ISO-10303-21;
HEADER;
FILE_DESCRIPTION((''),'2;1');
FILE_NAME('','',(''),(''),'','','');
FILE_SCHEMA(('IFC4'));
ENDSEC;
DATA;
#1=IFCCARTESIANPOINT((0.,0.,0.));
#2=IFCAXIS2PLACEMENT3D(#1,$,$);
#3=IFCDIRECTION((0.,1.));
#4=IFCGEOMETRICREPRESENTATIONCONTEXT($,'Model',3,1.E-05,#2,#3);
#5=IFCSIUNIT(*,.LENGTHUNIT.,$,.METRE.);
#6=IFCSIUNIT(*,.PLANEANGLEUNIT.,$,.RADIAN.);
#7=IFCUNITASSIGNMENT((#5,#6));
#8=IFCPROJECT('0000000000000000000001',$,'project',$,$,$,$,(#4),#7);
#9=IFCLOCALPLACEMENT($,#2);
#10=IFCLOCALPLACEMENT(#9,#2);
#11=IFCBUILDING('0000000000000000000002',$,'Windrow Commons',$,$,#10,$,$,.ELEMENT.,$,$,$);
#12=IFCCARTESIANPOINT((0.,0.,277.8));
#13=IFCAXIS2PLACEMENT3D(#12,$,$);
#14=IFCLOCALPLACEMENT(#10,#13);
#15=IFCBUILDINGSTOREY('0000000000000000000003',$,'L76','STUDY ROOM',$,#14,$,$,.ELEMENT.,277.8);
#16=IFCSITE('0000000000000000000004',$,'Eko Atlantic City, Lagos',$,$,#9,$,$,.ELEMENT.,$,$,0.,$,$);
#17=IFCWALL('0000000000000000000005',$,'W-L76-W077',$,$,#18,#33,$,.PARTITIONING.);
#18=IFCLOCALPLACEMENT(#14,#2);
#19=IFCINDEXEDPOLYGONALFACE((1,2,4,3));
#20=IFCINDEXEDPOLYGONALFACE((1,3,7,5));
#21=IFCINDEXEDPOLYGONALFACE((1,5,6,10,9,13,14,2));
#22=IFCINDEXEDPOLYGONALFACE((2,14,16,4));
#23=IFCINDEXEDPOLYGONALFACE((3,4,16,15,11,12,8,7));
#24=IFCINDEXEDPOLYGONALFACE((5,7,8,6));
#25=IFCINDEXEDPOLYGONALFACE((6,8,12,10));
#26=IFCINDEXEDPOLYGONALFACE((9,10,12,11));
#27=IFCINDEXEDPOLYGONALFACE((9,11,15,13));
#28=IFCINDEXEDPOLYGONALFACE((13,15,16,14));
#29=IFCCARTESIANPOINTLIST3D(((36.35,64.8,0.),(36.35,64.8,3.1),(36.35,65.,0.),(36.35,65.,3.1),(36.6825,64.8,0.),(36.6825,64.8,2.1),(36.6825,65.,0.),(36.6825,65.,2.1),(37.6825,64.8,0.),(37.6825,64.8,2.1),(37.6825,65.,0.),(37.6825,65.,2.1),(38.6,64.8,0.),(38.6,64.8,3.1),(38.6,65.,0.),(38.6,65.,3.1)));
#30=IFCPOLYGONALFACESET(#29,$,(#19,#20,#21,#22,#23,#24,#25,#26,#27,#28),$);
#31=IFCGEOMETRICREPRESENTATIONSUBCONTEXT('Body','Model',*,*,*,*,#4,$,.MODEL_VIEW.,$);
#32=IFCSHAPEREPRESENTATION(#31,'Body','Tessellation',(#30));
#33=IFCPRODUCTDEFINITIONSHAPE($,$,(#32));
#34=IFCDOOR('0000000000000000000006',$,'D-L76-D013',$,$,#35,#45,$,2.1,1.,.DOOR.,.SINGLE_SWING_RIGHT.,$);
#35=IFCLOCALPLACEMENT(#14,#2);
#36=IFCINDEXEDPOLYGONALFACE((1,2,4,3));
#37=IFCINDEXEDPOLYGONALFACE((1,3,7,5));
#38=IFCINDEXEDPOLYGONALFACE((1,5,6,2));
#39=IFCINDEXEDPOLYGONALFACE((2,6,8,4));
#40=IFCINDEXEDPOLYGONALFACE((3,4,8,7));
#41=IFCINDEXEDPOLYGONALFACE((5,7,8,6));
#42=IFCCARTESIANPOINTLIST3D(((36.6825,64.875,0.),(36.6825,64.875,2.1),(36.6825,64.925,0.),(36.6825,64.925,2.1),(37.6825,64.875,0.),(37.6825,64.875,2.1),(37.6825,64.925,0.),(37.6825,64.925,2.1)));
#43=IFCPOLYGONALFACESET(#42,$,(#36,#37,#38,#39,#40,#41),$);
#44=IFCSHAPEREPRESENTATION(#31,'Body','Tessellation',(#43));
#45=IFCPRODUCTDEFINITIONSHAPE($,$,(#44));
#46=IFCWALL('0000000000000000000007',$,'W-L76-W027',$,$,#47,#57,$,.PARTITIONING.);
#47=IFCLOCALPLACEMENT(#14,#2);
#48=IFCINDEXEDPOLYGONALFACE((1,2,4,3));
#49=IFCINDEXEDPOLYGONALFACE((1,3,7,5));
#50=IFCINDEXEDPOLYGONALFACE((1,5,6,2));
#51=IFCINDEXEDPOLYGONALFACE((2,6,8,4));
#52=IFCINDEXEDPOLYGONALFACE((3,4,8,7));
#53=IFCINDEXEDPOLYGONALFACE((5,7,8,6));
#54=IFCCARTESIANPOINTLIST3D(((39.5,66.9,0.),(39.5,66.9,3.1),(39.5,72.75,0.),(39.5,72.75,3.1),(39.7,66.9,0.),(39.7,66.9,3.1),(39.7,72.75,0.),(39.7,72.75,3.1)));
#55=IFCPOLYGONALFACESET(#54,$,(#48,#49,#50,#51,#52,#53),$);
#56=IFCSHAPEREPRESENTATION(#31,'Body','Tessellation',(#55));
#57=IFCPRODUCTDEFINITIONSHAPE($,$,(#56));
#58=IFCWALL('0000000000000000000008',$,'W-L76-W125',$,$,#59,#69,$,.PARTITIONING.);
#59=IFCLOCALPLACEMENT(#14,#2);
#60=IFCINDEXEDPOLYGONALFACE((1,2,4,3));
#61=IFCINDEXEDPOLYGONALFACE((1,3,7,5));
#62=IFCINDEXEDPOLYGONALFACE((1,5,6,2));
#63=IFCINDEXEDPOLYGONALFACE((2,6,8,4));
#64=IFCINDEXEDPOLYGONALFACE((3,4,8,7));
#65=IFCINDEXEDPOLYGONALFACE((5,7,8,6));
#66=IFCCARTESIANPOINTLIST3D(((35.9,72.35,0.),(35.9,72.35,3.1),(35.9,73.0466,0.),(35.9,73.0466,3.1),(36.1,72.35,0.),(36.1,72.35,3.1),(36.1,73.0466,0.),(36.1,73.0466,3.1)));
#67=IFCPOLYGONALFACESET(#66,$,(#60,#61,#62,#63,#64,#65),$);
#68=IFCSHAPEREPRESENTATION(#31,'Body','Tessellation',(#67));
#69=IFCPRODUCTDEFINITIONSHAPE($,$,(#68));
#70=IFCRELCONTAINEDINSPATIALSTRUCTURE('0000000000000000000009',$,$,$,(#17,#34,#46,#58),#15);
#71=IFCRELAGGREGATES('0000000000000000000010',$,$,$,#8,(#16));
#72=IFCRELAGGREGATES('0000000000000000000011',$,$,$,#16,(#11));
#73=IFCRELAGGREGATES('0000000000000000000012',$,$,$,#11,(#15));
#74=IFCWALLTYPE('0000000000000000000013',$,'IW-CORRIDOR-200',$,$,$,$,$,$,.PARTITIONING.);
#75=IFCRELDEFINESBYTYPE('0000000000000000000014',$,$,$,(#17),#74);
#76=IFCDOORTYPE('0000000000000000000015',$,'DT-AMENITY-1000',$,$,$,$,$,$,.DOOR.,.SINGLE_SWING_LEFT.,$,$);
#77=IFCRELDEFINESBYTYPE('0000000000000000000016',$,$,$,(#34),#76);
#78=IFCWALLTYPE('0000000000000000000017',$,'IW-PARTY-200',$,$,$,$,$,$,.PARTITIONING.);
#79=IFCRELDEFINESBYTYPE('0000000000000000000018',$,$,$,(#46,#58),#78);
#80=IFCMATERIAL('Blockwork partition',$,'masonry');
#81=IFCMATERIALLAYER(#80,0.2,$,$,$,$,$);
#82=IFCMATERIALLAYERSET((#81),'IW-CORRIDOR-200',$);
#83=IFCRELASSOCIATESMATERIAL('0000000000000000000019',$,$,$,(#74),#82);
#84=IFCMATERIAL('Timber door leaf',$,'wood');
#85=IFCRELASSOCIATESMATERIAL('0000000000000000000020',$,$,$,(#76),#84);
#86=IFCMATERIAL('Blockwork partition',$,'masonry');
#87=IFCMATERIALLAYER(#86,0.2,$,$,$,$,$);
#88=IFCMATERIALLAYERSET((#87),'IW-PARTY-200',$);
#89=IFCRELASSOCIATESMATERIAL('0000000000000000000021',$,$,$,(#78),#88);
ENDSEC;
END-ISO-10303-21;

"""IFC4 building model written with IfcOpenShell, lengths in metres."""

from ifc_helpers import new_model, si_unit, direction, frame, frame_2d, origin, place, context, subcontext, project, spatial, rectangle, extrude, material, layer, layer_set, type_object, element, fill, save


model = new_model("IFC4")

# Units and contexts
model_context = context("Model", 3, precision=1e-05, world=origin(), true_north=direction((0.0, 1.0)))
body_context = subcontext(model_context, "Body", "Model", "MODEL_VIEW")
ifc_project = project(units=[si_unit("LENGTHUNIT", "METRE"), si_unit("PLANEANGLEUNIT", "RADIAN")], contexts=[model_context])

# Site, building, storey
site_placement = place(None, origin())
site = spatial("IfcSite", under=ifc_project, at=site_placement, Name="Eko Atlantic City, Lagos", CompositionType="ELEMENT", RefElevation=0.0)
building_placement = place(site_placement, origin())
building = spatial("IfcBuilding", under=site, at=building_placement, Name="Windrow Commons", CompositionType="ELEMENT")
storey_placement = place(building_placement, frame((0.0, 0.0, 277.8)))
storey = spatial("IfcBuildingStorey", under=building, at=storey_placement, Name="L76", Description="STUDY ROOM", CompositionType="ELEMENT", Elevation=277.8)

# Shared definitions
ifc_material_1 = material(Name="Blockwork partition", Category="masonry")
ifc_layer_1 = layer(ifc_material_1, 0.2)
ifc_layer_set_1 = layer_set([ifc_layer_1], Name="IW-CORRIDOR-200")
wall_type_1 = type_object("IfcWallType", Name="IW-CORRIDOR-200", PredefinedType="PARTITIONING", material=ifc_layer_set_1)
ifc_material_2 = material(Name="Timber door leaf", Category="wood")
door_type_1 = type_object("IfcDoorType", Name="DT-AMENITY-1000", OperationType="SINGLE_SWING_LEFT", PredefinedType="DOOR", material=ifc_material_2)

# Wall, opening, door
wall_1_placement = place(storey_placement, frame((36.35, 64.9, 0.0), z_axis=(0.0, 0.0, 1.0), x_axis=(1.0, 0.0, 0.0)))
wall_1 = element("IfcWall", 1, at=wall_1_placement, inside=storey, type_object=wall_type_1, Name="W-L76-W077", PredefinedType="PARTITIONING", context=body_context, shape_type="SweptSolid", body=[
    extrude(rectangle(XDim=2.25, YDim=0.2, at=frame_2d((1.125, 0.0))), origin(), (0.0, 0.0, 1.0), 3.1),
])
opening_1_placement = place(wall_1_placement, frame((0.3325, 0.0, 0.0)))
opening_1 = element("IfcOpeningElement", 2, at=opening_1_placement, cuts=wall_1, PredefinedType="OPENING", context=body_context, shape_type="SweptSolid", body=[
    extrude(rectangle(XDim=1.0, YDim=2.1, at=frame_2d((0.5, 1.05))), frame((0.0, 0.11, 0.0), z_axis=(0.0, -1.0, 0.0), x_axis=(1.0, 0.0, 0.0)), (0.0, 0.0, 1.0), 0.22),
])
door_1_placement = place(opening_1_placement, origin())
door_1 = element("IfcDoor", 3, at=door_1_placement, inside=storey, type_object=door_type_1, Name="D-L76-D013", OperationType="SINGLE_SWING_RIGHT", OverallHeight=2.1, OverallWidth=1.0, PredefinedType="DOOR", context=body_context, shape_type="SweptSolid", body=[
    extrude(rectangle(XDim=1.0, YDim=2.1, at=frame_2d((0.5, 1.05))), frame((0.0, 0.025, 0.0), z_axis=(0.0, -1.0, 0.0), x_axis=(1.0, 0.0, 0.0)), (0.0, 0.0, 1.0), 0.05),
])
fill(opening_1, door_1)

# Walls
ifc_material_3 = material(Name="Blockwork partition", Category="masonry")
ifc_layer_2 = layer(ifc_material_3, 0.2)
ifc_layer_set_2 = layer_set([ifc_layer_2], Name="IW-PARTY-200")
wall_type_2 = type_object("IfcWallType", Name="IW-PARTY-200", PredefinedType="PARTITIONING", material=ifc_layer_set_2)
wall_2_placement = place(storey_placement, frame((39.6, 66.9, 0.0), z_axis=(0.0, 0.0, 1.0), x_axis=(0.0, 1.0, 0.0)))
element("IfcWall", 4, at=wall_2_placement, inside=storey, type_object=wall_type_2, Name="W-L76-W027", PredefinedType="PARTITIONING", context=body_context, shape_type="SweptSolid", body=[
    extrude(rectangle(XDim=5.85, YDim=0.2, at=frame_2d((2.925, 0.0))), origin(), (0.0, 0.0, 1.0), 3.1),
])
wall_3_placement = place(storey_placement, frame((36.0, 72.35, 0.0), z_axis=(0.0, 0.0, 1.0), x_axis=(0.0, 1.0, 0.0)))
element("IfcWall", 5, at=wall_3_placement, inside=storey, type_object=wall_type_2, Name="W-L76-W125", PredefinedType="PARTITIONING", context=body_context, shape_type="SweptSolid", body=[
    extrude(rectangle(XDim=0.6966, YDim=0.2, at=frame_2d((0.3483, 0.0))), origin(), (0.0, 0.0, 1.0), 3.1),
])

save(model, "model.ifc")
